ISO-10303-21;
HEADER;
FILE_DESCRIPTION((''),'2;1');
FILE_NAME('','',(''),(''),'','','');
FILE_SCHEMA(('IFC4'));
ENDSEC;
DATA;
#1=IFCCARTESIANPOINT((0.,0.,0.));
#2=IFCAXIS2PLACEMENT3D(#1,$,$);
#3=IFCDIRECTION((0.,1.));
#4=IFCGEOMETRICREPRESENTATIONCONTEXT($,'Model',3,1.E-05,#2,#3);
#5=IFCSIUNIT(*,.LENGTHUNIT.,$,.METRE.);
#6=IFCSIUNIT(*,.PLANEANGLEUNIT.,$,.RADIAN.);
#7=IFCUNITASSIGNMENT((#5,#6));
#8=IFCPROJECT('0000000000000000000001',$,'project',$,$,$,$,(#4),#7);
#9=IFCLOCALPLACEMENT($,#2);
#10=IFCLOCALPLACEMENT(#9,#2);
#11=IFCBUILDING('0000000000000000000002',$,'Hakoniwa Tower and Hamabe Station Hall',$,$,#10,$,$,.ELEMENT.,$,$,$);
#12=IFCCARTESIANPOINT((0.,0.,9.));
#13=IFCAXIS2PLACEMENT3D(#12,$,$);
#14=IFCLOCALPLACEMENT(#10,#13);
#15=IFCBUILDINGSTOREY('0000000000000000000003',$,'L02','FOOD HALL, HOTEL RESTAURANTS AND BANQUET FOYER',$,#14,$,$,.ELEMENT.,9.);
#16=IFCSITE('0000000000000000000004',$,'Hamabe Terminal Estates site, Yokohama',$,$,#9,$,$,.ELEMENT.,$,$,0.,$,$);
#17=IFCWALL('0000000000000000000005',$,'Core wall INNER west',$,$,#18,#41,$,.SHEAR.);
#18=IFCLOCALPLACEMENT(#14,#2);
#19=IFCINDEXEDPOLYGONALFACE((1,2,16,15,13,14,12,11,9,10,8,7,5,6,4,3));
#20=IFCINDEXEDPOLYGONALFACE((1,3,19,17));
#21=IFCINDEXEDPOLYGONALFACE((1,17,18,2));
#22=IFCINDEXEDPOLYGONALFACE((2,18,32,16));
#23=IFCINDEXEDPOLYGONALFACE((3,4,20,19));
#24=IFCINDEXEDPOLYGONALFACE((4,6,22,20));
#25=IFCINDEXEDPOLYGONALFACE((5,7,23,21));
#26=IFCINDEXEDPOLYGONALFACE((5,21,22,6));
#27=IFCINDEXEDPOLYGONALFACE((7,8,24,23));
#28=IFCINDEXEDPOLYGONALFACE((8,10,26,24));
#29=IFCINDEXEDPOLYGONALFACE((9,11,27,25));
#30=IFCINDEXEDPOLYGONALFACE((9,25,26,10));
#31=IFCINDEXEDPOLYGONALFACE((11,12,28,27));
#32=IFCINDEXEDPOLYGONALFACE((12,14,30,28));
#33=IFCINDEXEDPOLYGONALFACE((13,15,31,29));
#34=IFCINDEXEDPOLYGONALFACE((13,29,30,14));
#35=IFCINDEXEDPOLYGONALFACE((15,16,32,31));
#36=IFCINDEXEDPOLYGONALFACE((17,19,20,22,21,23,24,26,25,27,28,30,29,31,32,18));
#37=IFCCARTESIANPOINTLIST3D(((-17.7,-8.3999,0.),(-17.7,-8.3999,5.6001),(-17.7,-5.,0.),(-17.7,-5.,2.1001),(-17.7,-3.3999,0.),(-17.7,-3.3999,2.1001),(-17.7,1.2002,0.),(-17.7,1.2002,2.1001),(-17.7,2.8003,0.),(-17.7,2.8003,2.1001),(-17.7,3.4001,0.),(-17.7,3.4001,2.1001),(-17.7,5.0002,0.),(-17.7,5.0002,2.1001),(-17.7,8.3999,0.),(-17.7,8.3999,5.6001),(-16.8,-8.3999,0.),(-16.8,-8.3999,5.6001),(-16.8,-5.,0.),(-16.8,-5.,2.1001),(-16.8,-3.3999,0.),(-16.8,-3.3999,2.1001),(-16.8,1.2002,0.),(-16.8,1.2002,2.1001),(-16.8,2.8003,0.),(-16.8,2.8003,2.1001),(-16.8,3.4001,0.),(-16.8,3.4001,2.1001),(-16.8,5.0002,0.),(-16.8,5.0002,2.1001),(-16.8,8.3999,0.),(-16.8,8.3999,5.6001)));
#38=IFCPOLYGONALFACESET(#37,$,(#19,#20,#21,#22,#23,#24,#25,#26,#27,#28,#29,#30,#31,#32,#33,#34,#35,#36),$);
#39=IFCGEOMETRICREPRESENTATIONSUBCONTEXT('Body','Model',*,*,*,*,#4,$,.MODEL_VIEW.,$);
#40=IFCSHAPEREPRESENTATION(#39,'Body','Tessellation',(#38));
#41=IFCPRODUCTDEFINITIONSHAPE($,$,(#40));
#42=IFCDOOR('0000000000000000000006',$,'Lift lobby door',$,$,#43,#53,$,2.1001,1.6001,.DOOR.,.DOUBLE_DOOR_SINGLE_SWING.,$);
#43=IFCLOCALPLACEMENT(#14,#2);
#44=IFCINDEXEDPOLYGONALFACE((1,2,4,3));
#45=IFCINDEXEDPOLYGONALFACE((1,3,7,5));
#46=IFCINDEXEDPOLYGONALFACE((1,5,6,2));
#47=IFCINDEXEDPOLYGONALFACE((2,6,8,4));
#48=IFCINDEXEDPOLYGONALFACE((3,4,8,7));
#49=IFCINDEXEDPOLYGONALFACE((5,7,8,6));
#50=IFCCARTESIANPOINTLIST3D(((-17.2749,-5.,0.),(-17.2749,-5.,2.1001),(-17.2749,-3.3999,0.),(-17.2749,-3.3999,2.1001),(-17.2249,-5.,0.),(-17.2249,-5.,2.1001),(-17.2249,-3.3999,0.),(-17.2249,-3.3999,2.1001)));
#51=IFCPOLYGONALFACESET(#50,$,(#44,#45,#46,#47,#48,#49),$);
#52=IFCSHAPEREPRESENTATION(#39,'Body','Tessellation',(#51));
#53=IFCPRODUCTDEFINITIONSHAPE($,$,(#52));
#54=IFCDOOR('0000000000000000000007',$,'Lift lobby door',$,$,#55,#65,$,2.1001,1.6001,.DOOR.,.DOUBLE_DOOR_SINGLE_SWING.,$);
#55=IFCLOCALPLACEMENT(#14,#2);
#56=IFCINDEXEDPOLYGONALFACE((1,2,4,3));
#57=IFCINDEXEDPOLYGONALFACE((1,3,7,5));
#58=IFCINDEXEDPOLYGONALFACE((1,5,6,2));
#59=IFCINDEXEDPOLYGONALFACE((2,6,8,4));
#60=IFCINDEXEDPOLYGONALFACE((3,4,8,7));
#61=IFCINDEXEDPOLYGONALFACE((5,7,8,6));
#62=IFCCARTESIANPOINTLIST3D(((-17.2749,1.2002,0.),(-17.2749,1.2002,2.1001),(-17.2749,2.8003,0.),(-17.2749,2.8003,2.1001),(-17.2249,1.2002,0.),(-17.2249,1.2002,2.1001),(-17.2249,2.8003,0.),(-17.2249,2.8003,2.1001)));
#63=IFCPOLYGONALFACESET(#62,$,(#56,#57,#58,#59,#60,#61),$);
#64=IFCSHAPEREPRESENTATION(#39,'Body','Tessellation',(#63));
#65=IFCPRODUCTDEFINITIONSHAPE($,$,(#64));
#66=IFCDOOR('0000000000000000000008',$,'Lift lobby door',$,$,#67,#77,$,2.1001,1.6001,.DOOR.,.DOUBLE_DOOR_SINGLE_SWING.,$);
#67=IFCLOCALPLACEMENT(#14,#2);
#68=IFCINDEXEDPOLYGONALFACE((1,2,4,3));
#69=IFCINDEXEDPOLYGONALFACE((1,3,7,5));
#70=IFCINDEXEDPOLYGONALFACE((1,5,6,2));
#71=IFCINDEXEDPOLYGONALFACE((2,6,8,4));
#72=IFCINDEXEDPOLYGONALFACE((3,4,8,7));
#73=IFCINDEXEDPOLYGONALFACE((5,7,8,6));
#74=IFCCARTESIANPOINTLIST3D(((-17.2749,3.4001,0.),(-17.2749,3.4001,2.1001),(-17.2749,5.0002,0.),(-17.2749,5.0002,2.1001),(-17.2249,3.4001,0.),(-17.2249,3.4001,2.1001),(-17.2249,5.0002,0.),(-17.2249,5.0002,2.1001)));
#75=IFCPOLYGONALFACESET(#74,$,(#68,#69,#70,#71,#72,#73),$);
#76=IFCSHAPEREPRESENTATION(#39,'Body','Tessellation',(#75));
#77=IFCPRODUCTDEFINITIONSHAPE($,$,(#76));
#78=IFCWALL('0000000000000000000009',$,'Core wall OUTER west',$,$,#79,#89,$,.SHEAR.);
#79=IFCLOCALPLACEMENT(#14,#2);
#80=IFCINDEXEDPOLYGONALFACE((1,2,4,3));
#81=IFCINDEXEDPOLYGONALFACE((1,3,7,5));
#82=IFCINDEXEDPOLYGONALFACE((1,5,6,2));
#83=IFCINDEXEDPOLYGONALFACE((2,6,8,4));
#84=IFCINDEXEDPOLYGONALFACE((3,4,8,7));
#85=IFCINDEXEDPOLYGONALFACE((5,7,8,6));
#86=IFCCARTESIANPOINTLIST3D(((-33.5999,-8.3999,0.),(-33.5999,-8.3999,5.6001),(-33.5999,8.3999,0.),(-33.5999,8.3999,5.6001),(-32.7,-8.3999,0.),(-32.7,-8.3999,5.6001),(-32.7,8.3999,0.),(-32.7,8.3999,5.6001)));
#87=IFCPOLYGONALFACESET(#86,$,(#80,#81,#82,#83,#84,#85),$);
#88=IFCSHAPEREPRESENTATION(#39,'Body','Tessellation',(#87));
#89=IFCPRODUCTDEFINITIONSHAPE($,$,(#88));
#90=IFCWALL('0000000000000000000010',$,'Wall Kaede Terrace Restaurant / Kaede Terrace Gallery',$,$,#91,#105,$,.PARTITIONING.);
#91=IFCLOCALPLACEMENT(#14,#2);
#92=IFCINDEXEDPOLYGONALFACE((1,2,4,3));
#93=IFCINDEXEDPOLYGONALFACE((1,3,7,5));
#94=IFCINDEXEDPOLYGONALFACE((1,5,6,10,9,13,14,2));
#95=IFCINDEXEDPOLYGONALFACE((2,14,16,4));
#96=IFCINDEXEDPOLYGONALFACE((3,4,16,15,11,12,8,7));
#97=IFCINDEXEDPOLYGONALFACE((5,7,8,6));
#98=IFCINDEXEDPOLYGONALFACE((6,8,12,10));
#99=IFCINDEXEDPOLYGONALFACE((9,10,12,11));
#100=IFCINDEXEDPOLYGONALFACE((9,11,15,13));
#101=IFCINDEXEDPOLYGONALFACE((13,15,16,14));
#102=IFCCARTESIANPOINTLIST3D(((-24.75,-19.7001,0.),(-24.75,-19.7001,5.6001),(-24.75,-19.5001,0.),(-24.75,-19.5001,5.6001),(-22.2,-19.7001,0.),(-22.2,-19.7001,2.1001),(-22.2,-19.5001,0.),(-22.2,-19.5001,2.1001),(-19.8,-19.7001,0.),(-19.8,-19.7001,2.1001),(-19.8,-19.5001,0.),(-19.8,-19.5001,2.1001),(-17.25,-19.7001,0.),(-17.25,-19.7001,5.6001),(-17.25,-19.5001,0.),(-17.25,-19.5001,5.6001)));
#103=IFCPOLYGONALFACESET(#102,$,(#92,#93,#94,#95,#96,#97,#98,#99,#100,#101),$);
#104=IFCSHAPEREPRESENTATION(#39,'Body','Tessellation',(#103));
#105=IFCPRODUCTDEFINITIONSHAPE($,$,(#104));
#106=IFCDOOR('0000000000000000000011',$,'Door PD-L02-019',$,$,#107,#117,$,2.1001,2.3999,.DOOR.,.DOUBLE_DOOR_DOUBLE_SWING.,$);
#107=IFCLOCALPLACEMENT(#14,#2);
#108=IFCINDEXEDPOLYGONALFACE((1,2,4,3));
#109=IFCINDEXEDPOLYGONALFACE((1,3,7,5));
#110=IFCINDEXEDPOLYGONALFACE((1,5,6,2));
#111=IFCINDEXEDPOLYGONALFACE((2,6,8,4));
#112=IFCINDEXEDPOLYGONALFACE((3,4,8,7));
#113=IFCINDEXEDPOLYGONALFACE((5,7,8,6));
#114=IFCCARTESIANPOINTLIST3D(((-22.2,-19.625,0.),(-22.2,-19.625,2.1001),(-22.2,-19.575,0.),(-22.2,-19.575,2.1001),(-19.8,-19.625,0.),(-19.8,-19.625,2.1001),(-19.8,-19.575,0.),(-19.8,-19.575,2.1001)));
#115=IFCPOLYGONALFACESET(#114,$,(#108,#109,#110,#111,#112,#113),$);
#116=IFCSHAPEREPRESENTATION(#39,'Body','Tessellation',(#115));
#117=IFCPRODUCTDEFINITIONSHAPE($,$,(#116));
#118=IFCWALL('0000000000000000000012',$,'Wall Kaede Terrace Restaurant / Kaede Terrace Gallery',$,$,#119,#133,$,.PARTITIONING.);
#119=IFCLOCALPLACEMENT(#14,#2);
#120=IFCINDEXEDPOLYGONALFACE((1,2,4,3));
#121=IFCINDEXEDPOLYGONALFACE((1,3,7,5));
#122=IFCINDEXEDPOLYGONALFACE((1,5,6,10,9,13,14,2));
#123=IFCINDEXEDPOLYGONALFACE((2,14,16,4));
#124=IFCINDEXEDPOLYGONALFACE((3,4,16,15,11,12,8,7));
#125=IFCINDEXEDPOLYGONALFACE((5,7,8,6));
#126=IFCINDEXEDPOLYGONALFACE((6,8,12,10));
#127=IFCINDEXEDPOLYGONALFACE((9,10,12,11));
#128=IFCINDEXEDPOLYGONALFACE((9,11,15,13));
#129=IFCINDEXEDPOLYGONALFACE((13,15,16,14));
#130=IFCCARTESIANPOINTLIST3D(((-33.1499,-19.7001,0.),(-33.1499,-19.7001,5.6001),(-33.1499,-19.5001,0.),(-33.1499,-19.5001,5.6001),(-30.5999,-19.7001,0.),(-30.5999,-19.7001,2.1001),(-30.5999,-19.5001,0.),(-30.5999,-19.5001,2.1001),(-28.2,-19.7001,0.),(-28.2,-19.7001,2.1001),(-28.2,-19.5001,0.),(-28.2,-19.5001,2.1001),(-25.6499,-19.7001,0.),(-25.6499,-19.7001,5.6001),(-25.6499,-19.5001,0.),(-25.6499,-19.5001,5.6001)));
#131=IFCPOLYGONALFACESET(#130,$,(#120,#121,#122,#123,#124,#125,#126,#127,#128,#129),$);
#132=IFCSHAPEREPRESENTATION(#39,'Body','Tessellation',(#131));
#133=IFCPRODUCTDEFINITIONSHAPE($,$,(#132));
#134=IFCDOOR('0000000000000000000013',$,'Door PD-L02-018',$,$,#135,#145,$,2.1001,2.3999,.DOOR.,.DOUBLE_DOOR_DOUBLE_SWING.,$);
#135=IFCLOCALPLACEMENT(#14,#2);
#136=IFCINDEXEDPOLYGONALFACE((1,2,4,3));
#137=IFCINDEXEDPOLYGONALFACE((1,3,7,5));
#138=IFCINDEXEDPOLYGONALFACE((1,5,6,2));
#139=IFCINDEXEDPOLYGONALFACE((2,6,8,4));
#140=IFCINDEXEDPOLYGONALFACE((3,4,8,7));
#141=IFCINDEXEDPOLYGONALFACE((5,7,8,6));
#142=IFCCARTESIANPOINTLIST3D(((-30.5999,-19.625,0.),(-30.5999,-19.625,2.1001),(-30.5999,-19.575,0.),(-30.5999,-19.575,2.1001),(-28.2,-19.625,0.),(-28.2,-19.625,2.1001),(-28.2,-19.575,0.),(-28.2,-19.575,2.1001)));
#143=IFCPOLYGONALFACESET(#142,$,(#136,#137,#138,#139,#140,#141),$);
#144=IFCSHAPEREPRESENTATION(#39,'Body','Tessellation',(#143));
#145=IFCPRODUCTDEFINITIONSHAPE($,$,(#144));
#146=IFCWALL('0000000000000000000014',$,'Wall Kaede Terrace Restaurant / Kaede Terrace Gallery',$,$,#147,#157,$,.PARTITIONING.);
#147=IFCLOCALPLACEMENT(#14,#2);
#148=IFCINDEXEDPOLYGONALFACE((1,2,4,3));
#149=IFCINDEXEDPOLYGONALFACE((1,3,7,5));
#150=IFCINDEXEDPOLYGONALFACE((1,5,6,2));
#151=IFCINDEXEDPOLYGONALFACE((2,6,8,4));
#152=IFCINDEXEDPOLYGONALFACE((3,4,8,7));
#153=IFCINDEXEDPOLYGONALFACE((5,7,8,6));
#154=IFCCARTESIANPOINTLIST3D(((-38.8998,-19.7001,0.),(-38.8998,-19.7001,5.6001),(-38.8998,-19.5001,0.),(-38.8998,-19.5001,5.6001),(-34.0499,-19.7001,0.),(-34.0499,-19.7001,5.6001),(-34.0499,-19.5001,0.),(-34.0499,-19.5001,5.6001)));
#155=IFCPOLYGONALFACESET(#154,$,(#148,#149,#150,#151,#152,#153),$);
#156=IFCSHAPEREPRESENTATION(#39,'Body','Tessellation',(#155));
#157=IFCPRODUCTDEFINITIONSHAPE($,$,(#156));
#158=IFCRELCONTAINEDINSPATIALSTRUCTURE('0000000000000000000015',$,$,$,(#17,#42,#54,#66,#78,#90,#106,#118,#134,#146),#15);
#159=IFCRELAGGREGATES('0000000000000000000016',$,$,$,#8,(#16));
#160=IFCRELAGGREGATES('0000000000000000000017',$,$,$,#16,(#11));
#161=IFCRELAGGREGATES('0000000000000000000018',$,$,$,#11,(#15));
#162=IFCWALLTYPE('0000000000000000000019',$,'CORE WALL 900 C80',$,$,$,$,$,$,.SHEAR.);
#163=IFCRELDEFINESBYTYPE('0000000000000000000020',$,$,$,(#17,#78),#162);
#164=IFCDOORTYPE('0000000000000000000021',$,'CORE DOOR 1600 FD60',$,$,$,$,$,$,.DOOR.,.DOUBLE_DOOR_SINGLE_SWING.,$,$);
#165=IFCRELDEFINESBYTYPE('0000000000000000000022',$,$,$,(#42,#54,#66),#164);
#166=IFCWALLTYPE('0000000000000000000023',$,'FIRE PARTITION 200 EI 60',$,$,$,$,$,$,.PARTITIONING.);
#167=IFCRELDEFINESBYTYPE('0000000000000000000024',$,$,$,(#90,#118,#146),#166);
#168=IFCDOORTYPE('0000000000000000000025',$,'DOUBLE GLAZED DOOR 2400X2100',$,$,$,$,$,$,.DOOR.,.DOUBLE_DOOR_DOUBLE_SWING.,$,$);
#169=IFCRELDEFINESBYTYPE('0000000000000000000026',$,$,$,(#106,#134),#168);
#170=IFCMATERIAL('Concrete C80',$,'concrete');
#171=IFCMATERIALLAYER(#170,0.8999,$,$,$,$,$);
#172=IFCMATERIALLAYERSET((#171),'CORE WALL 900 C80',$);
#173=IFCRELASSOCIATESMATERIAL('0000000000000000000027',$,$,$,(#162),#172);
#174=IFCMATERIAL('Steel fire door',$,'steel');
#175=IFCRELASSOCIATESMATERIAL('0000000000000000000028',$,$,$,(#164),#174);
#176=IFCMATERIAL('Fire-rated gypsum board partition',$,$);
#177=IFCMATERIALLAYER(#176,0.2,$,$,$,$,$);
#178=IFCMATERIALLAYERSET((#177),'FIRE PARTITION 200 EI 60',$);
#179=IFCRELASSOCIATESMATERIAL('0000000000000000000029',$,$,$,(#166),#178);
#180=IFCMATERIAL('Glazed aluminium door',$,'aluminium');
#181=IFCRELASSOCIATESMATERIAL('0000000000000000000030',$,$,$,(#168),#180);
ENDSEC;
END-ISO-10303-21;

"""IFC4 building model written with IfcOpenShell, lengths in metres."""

from ifc_helpers import new_model, si_unit, direction, frame, frame_2d, origin, place, context, subcontext, project, spatial, rectangle, extrude, material, layer, layer_set, type_object, element, fill, save


model = new_model("IFC4")

# Units and contexts
model_context = context("Model", 3, precision=1e-05, world=origin(), true_north=direction((0.0, 1.0)))
body_context = subcontext(model_context, "Body", "Model", "MODEL_VIEW")
ifc_project = project(units=[si_unit("LENGTHUNIT", "METRE"), si_unit("PLANEANGLEUNIT", "RADIAN")], contexts=[model_context])

# Site, building, storey
site_placement = place(None, origin())
site = spatial("IfcSite", under=ifc_project, at=site_placement, Name="Hamabe Terminal Estates site, Yokohama", CompositionType="ELEMENT", RefElevation=0.0)
building_placement = place(site_placement, origin())
building = spatial("IfcBuilding", under=site, at=building_placement, Name="Hakoniwa Tower and Hamabe Station Hall", CompositionType="ELEMENT")
storey_placement = place(building_placement, frame((0.0, 0.0, 9.0)))
storey = spatial("IfcBuildingStorey", under=building, at=storey_placement, Name="L02", Description="FOOD HALL, HOTEL RESTAURANTS AND BANQUET FOYER", CompositionType="ELEMENT", Elevation=9.0)

# Wall, openings, doors
ifc_material_1 = material(Name="Concrete C80", Category="concrete")
ifc_layer_1 = layer(ifc_material_1, 0.8999)
ifc_layer_set_1 = layer_set([ifc_layer_1], Name="CORE WALL 900 C80")
wall_type_1 = type_object("IfcWallType", Name="CORE WALL 900 C80", PredefinedType="SHEAR", material=ifc_layer_set_1)
wall_1_placement = place(storey_placement, frame((-17.25, -8.3999, 0.0), z_axis=(0.0, 0.0, 1.0), x_axis=(0.0, 1.0, 0.0)))
wall_1 = element("IfcWall", 1, at=wall_1_placement, inside=storey, type_object=wall_type_1, Name="Core wall INNER west", PredefinedType="SHEAR", context=body_context, shape_type="SweptSolid", body=[
    extrude(rectangle(XDim=16.7998, YDim=0.8999, at=frame_2d((8.3999, 0.0))), origin(), (0.0, 0.0, 1.0), 5.6001),
])
opening_1_placement = place(wall_1_placement, frame((3.3999, 0.0, 0.0)))
opening_1 = element("IfcOpeningElement", 2, at=opening_1_placement, cuts=wall_1, PredefinedType="OPENING", context=body_context, shape_type="SweptSolid", body=[
    extrude(rectangle(XDim=1.6001, YDim=2.1001, at=frame_2d((0.8, 1.05))), frame((0.0, 0.46, 0.0), z_axis=(0.0, -1.0, 0.0), x_axis=(1.0, 0.0, 0.0)), (0.0, 0.0, 1.0), 0.9199),
])
opening_2_placement = place(wall_1_placement, frame((9.6001, 0.0, 0.0)))
opening_2 = element("IfcOpeningElement", 3, at=opening_2_placement, cuts=wall_1, PredefinedType="OPENING", context=body_context, shape_type="SweptSolid", body=[
    extrude(rectangle(XDim=1.6001, YDim=2.1001, at=frame_2d((0.8, 1.05))), frame((0.0, 0.46, 0.0), z_axis=(0.0, -1.0, 0.0), x_axis=(1.0, 0.0, 0.0)), (0.0, 0.0, 1.0), 0.9199),
])
opening_3_placement = place(wall_1_placement, frame((11.8, 0.0, 0.0)))
opening_3 = element("IfcOpeningElement", 4, at=opening_3_placement, cuts=wall_1, PredefinedType="OPENING", context=body_context, shape_type="SweptSolid", body=[
    extrude(rectangle(XDim=1.6001, YDim=2.1001, at=frame_2d((0.8, 1.05))), frame((0.0, 0.46, 0.0), z_axis=(0.0, -1.0, 0.0), x_axis=(1.0, 0.0, 0.0)), (0.0, 0.0, 1.0), 0.9199),
])
ifc_material_2 = material(Name="Steel fire door", Category="steel")
door_type_1 = type_object("IfcDoorType", Name="CORE DOOR 1600 FD60", OperationType="DOUBLE_DOOR_SINGLE_SWING", PredefinedType="DOOR", material=ifc_material_2)
door_1_placement = place(opening_1_placement, origin())
door_1 = element("IfcDoor", 5, at=door_1_placement, inside=storey, type_object=door_type_1, Name="Lift lobby door", OperationType="DOUBLE_DOOR_SINGLE_SWING", OverallHeight=2.1001, OverallWidth=1.6001, PredefinedType="DOOR", context=body_context, shape_type="SweptSolid", body=[
    extrude(rectangle(XDim=1.6001, YDim=2.1001, at=frame_2d((0.8, 1.05))), frame((0.0, 0.0249, 0.0), z_axis=(0.0, -1.0, 0.0), x_axis=(1.0, 0.0, 0.0)), (0.0, 0.0, 1.0), 0.05),
])
fill(opening_1, door_1)
door_2_placement = place(opening_2_placement, origin())
door_2 = element("IfcDoor", 6, at=door_2_placement, inside=storey, type_object=door_type_1, Name="Lift lobby door", OperationType="DOUBLE_DOOR_SINGLE_SWING", OverallHeight=2.1001, OverallWidth=1.6001, PredefinedType="DOOR", context=body_context, shape_type="SweptSolid", body=[
    extrude(rectangle(XDim=1.6001, YDim=2.1001, at=frame_2d((0.8, 1.05))), frame((0.0, 0.0249, 0.0), z_axis=(0.0, -1.0, 0.0), x_axis=(1.0, 0.0, 0.0)), (0.0, 0.0, 1.0), 0.05),
])
fill(opening_2, door_2)
door_3_placement = place(opening_3_placement, origin())
door_3 = element("IfcDoor", 7, at=door_3_placement, inside=storey, type_object=door_type_1, Name="Lift lobby door", OperationType="DOUBLE_DOOR_SINGLE_SWING", OverallHeight=2.1001, OverallWidth=1.6001, PredefinedType="DOOR", context=body_context, shape_type="SweptSolid", body=[
    extrude(rectangle(XDim=1.6001, YDim=2.1001, at=frame_2d((0.8, 1.05))), frame((0.0, 0.0249, 0.0), z_axis=(0.0, -1.0, 0.0), x_axis=(1.0, 0.0, 0.0)), (0.0, 0.0, 1.0), 0.05),
])
fill(opening_3, door_3)

# Wall
wall_2_placement = place(storey_placement, frame((-33.1499, -8.3999, 0.0), z_axis=(0.0, 0.0, 1.0), x_axis=(0.0, 1.0, 0.0)))
element("IfcWall", 8, at=wall_2_placement, inside=storey, type_object=wall_type_1, Name="Core wall OUTER west", PredefinedType="SHEAR", context=body_context, shape_type="SweptSolid", body=[
    extrude(rectangle(XDim=16.7998, YDim=0.8999, at=frame_2d((8.3999, 0.0))), origin(), (0.0, 0.0, 1.0), 5.6001),
])

# Walls, openings, doors
ifc_material_3 = material(Name="Fire-rated gypsum board partition")
ifc_layer_2 = layer(ifc_material_3, 0.2)
ifc_layer_set_2 = layer_set([ifc_layer_2], Name="FIRE PARTITION 200 EI 60")
wall_type_2 = type_object("IfcWallType", Name="FIRE PARTITION 200 EI 60", PredefinedType="PARTITIONING", material=ifc_layer_set_2)
wall_3_placement = place(storey_placement, frame((-17.25, -19.6001, 0.0), z_axis=(0.0, 0.0, 1.0), x_axis=(-1.0, 0.0, 0.0)))
wall_3 = element("IfcWall", 9, at=wall_3_placement, inside=storey, type_object=wall_type_2, Name="Wall Kaede Terrace Restaurant / Kaede Terrace Gallery", PredefinedType="PARTITIONING", context=body_context, shape_type="SweptSolid", body=[
    extrude(rectangle(XDim=7.5, YDim=0.2, at=frame_2d((3.75, 0.0))), origin(), (0.0, 0.0, 1.0), 5.6001),
])
opening_4_placement = place(wall_3_placement, frame((2.55, 0.0, 0.0)))
opening_4 = element("IfcOpeningElement", 10, at=opening_4_placement, cuts=wall_3, PredefinedType="OPENING", context=body_context, shape_type="SweptSolid", body=[
    extrude(rectangle(XDim=2.3999, YDim=2.1001, at=frame_2d((1.2, 1.05))), frame((0.0, 0.1099, 0.0), z_axis=(0.0, -1.0, 0.0), x_axis=(1.0, 0.0, 0.0)), (0.0, 0.0, 1.0), 0.22),
])
ifc_material_4 = material(Name="Glazed aluminium door", Category="aluminium")
door_type_2 = type_object("IfcDoorType", Name="DOUBLE GLAZED DOOR 2400X2100", OperationType="DOUBLE_DOOR_DOUBLE_SWING", PredefinedType="DOOR", material=ifc_material_4)
door_4_placement = place(opening_4_placement, origin())
door_4 = element("IfcDoor", 11, at=door_4_placement, inside=storey, type_object=door_type_2, Name="Door PD-L02-019", OperationType="DOUBLE_DOOR_DOUBLE_SWING", OverallHeight=2.1001, OverallWidth=2.3999, PredefinedType="DOOR", context=body_context, shape_type="SweptSolid", body=[
    extrude(rectangle(XDim=2.3999, YDim=2.1001, at=frame_2d((1.2, 1.05))), frame((0.0, 0.0249, 0.0), z_axis=(0.0, -1.0, 0.0), x_axis=(1.0, 0.0, 0.0)), (0.0, 0.0, 1.0), 0.05),
])
fill(opening_4, door_4)
wall_4_placement = place(storey_placement, frame((-25.6499, -19.6001, 0.0), z_axis=(0.0, 0.0, 1.0), x_axis=(-1.0, 0.0, 0.0)))
wall_4 = element("IfcWall", 12, at=wall_4_placement, inside=storey, type_object=wall_type_2, Name="Wall Kaede Terrace Restaurant / Kaede Terrace Gallery", PredefinedType="PARTITIONING", context=body_context, shape_type="SweptSolid", body=[
    extrude(rectangle(XDim=7.5, YDim=0.2, at=frame_2d((3.75, 0.0))), origin(), (0.0, 0.0, 1.0), 5.6001),
])
opening_5_placement = place(wall_4_placement, frame((2.55, 0.0, 0.0)))
opening_5 = element("IfcOpeningElement", 13, at=opening_5_placement, cuts=wall_4, PredefinedType="OPENING", context=body_context, shape_type="SweptSolid", body=[
    extrude(rectangle(XDim=2.3999, YDim=2.1001, at=frame_2d((1.2, 1.05))), frame((0.0, 0.1099, 0.0), z_axis=(0.0, -1.0, 0.0), x_axis=(1.0, 0.0, 0.0)), (0.0, 0.0, 1.0), 0.22),
])
door_5_placement = place(opening_5_placement, origin())
door_5 = element("IfcDoor", 14, at=door_5_placement, inside=storey, type_object=door_type_2, Name="Door PD-L02-018", OperationType="DOUBLE_DOOR_DOUBLE_SWING", OverallHeight=2.1001, OverallWidth=2.3999, PredefinedType="DOOR", context=body_context, shape_type="SweptSolid", body=[
    extrude(rectangle(XDim=2.3999, YDim=2.1001, at=frame_2d((1.2, 1.05))), frame((0.0, 0.0249, 0.0), z_axis=(0.0, -1.0, 0.0), x_axis=(1.0, 0.0, 0.0)), (0.0, 0.0, 1.0), 0.05),
])
fill(opening_5, door_5)

# Wall
wall_5_placement = place(storey_placement, frame((-34.05, -19.6001, 0.0), z_axis=(0.0, 0.0, 1.0), x_axis=(-1.0, 0.0, 0.0)))
element("IfcWall", 15, at=wall_5_placement, inside=storey, type_object=wall_type_2, Name="Wall Kaede Terrace Restaurant / Kaede Terrace Gallery", PredefinedType="PARTITIONING", context=body_context, shape_type="SweptSolid", body=[
    extrude(rectangle(XDim=4.8499, YDim=0.2, at=frame_2d((2.4248, 0.0))), origin(), (0.0, 0.0, 1.0), 5.6001),
])

save(model, "model.ifc")
